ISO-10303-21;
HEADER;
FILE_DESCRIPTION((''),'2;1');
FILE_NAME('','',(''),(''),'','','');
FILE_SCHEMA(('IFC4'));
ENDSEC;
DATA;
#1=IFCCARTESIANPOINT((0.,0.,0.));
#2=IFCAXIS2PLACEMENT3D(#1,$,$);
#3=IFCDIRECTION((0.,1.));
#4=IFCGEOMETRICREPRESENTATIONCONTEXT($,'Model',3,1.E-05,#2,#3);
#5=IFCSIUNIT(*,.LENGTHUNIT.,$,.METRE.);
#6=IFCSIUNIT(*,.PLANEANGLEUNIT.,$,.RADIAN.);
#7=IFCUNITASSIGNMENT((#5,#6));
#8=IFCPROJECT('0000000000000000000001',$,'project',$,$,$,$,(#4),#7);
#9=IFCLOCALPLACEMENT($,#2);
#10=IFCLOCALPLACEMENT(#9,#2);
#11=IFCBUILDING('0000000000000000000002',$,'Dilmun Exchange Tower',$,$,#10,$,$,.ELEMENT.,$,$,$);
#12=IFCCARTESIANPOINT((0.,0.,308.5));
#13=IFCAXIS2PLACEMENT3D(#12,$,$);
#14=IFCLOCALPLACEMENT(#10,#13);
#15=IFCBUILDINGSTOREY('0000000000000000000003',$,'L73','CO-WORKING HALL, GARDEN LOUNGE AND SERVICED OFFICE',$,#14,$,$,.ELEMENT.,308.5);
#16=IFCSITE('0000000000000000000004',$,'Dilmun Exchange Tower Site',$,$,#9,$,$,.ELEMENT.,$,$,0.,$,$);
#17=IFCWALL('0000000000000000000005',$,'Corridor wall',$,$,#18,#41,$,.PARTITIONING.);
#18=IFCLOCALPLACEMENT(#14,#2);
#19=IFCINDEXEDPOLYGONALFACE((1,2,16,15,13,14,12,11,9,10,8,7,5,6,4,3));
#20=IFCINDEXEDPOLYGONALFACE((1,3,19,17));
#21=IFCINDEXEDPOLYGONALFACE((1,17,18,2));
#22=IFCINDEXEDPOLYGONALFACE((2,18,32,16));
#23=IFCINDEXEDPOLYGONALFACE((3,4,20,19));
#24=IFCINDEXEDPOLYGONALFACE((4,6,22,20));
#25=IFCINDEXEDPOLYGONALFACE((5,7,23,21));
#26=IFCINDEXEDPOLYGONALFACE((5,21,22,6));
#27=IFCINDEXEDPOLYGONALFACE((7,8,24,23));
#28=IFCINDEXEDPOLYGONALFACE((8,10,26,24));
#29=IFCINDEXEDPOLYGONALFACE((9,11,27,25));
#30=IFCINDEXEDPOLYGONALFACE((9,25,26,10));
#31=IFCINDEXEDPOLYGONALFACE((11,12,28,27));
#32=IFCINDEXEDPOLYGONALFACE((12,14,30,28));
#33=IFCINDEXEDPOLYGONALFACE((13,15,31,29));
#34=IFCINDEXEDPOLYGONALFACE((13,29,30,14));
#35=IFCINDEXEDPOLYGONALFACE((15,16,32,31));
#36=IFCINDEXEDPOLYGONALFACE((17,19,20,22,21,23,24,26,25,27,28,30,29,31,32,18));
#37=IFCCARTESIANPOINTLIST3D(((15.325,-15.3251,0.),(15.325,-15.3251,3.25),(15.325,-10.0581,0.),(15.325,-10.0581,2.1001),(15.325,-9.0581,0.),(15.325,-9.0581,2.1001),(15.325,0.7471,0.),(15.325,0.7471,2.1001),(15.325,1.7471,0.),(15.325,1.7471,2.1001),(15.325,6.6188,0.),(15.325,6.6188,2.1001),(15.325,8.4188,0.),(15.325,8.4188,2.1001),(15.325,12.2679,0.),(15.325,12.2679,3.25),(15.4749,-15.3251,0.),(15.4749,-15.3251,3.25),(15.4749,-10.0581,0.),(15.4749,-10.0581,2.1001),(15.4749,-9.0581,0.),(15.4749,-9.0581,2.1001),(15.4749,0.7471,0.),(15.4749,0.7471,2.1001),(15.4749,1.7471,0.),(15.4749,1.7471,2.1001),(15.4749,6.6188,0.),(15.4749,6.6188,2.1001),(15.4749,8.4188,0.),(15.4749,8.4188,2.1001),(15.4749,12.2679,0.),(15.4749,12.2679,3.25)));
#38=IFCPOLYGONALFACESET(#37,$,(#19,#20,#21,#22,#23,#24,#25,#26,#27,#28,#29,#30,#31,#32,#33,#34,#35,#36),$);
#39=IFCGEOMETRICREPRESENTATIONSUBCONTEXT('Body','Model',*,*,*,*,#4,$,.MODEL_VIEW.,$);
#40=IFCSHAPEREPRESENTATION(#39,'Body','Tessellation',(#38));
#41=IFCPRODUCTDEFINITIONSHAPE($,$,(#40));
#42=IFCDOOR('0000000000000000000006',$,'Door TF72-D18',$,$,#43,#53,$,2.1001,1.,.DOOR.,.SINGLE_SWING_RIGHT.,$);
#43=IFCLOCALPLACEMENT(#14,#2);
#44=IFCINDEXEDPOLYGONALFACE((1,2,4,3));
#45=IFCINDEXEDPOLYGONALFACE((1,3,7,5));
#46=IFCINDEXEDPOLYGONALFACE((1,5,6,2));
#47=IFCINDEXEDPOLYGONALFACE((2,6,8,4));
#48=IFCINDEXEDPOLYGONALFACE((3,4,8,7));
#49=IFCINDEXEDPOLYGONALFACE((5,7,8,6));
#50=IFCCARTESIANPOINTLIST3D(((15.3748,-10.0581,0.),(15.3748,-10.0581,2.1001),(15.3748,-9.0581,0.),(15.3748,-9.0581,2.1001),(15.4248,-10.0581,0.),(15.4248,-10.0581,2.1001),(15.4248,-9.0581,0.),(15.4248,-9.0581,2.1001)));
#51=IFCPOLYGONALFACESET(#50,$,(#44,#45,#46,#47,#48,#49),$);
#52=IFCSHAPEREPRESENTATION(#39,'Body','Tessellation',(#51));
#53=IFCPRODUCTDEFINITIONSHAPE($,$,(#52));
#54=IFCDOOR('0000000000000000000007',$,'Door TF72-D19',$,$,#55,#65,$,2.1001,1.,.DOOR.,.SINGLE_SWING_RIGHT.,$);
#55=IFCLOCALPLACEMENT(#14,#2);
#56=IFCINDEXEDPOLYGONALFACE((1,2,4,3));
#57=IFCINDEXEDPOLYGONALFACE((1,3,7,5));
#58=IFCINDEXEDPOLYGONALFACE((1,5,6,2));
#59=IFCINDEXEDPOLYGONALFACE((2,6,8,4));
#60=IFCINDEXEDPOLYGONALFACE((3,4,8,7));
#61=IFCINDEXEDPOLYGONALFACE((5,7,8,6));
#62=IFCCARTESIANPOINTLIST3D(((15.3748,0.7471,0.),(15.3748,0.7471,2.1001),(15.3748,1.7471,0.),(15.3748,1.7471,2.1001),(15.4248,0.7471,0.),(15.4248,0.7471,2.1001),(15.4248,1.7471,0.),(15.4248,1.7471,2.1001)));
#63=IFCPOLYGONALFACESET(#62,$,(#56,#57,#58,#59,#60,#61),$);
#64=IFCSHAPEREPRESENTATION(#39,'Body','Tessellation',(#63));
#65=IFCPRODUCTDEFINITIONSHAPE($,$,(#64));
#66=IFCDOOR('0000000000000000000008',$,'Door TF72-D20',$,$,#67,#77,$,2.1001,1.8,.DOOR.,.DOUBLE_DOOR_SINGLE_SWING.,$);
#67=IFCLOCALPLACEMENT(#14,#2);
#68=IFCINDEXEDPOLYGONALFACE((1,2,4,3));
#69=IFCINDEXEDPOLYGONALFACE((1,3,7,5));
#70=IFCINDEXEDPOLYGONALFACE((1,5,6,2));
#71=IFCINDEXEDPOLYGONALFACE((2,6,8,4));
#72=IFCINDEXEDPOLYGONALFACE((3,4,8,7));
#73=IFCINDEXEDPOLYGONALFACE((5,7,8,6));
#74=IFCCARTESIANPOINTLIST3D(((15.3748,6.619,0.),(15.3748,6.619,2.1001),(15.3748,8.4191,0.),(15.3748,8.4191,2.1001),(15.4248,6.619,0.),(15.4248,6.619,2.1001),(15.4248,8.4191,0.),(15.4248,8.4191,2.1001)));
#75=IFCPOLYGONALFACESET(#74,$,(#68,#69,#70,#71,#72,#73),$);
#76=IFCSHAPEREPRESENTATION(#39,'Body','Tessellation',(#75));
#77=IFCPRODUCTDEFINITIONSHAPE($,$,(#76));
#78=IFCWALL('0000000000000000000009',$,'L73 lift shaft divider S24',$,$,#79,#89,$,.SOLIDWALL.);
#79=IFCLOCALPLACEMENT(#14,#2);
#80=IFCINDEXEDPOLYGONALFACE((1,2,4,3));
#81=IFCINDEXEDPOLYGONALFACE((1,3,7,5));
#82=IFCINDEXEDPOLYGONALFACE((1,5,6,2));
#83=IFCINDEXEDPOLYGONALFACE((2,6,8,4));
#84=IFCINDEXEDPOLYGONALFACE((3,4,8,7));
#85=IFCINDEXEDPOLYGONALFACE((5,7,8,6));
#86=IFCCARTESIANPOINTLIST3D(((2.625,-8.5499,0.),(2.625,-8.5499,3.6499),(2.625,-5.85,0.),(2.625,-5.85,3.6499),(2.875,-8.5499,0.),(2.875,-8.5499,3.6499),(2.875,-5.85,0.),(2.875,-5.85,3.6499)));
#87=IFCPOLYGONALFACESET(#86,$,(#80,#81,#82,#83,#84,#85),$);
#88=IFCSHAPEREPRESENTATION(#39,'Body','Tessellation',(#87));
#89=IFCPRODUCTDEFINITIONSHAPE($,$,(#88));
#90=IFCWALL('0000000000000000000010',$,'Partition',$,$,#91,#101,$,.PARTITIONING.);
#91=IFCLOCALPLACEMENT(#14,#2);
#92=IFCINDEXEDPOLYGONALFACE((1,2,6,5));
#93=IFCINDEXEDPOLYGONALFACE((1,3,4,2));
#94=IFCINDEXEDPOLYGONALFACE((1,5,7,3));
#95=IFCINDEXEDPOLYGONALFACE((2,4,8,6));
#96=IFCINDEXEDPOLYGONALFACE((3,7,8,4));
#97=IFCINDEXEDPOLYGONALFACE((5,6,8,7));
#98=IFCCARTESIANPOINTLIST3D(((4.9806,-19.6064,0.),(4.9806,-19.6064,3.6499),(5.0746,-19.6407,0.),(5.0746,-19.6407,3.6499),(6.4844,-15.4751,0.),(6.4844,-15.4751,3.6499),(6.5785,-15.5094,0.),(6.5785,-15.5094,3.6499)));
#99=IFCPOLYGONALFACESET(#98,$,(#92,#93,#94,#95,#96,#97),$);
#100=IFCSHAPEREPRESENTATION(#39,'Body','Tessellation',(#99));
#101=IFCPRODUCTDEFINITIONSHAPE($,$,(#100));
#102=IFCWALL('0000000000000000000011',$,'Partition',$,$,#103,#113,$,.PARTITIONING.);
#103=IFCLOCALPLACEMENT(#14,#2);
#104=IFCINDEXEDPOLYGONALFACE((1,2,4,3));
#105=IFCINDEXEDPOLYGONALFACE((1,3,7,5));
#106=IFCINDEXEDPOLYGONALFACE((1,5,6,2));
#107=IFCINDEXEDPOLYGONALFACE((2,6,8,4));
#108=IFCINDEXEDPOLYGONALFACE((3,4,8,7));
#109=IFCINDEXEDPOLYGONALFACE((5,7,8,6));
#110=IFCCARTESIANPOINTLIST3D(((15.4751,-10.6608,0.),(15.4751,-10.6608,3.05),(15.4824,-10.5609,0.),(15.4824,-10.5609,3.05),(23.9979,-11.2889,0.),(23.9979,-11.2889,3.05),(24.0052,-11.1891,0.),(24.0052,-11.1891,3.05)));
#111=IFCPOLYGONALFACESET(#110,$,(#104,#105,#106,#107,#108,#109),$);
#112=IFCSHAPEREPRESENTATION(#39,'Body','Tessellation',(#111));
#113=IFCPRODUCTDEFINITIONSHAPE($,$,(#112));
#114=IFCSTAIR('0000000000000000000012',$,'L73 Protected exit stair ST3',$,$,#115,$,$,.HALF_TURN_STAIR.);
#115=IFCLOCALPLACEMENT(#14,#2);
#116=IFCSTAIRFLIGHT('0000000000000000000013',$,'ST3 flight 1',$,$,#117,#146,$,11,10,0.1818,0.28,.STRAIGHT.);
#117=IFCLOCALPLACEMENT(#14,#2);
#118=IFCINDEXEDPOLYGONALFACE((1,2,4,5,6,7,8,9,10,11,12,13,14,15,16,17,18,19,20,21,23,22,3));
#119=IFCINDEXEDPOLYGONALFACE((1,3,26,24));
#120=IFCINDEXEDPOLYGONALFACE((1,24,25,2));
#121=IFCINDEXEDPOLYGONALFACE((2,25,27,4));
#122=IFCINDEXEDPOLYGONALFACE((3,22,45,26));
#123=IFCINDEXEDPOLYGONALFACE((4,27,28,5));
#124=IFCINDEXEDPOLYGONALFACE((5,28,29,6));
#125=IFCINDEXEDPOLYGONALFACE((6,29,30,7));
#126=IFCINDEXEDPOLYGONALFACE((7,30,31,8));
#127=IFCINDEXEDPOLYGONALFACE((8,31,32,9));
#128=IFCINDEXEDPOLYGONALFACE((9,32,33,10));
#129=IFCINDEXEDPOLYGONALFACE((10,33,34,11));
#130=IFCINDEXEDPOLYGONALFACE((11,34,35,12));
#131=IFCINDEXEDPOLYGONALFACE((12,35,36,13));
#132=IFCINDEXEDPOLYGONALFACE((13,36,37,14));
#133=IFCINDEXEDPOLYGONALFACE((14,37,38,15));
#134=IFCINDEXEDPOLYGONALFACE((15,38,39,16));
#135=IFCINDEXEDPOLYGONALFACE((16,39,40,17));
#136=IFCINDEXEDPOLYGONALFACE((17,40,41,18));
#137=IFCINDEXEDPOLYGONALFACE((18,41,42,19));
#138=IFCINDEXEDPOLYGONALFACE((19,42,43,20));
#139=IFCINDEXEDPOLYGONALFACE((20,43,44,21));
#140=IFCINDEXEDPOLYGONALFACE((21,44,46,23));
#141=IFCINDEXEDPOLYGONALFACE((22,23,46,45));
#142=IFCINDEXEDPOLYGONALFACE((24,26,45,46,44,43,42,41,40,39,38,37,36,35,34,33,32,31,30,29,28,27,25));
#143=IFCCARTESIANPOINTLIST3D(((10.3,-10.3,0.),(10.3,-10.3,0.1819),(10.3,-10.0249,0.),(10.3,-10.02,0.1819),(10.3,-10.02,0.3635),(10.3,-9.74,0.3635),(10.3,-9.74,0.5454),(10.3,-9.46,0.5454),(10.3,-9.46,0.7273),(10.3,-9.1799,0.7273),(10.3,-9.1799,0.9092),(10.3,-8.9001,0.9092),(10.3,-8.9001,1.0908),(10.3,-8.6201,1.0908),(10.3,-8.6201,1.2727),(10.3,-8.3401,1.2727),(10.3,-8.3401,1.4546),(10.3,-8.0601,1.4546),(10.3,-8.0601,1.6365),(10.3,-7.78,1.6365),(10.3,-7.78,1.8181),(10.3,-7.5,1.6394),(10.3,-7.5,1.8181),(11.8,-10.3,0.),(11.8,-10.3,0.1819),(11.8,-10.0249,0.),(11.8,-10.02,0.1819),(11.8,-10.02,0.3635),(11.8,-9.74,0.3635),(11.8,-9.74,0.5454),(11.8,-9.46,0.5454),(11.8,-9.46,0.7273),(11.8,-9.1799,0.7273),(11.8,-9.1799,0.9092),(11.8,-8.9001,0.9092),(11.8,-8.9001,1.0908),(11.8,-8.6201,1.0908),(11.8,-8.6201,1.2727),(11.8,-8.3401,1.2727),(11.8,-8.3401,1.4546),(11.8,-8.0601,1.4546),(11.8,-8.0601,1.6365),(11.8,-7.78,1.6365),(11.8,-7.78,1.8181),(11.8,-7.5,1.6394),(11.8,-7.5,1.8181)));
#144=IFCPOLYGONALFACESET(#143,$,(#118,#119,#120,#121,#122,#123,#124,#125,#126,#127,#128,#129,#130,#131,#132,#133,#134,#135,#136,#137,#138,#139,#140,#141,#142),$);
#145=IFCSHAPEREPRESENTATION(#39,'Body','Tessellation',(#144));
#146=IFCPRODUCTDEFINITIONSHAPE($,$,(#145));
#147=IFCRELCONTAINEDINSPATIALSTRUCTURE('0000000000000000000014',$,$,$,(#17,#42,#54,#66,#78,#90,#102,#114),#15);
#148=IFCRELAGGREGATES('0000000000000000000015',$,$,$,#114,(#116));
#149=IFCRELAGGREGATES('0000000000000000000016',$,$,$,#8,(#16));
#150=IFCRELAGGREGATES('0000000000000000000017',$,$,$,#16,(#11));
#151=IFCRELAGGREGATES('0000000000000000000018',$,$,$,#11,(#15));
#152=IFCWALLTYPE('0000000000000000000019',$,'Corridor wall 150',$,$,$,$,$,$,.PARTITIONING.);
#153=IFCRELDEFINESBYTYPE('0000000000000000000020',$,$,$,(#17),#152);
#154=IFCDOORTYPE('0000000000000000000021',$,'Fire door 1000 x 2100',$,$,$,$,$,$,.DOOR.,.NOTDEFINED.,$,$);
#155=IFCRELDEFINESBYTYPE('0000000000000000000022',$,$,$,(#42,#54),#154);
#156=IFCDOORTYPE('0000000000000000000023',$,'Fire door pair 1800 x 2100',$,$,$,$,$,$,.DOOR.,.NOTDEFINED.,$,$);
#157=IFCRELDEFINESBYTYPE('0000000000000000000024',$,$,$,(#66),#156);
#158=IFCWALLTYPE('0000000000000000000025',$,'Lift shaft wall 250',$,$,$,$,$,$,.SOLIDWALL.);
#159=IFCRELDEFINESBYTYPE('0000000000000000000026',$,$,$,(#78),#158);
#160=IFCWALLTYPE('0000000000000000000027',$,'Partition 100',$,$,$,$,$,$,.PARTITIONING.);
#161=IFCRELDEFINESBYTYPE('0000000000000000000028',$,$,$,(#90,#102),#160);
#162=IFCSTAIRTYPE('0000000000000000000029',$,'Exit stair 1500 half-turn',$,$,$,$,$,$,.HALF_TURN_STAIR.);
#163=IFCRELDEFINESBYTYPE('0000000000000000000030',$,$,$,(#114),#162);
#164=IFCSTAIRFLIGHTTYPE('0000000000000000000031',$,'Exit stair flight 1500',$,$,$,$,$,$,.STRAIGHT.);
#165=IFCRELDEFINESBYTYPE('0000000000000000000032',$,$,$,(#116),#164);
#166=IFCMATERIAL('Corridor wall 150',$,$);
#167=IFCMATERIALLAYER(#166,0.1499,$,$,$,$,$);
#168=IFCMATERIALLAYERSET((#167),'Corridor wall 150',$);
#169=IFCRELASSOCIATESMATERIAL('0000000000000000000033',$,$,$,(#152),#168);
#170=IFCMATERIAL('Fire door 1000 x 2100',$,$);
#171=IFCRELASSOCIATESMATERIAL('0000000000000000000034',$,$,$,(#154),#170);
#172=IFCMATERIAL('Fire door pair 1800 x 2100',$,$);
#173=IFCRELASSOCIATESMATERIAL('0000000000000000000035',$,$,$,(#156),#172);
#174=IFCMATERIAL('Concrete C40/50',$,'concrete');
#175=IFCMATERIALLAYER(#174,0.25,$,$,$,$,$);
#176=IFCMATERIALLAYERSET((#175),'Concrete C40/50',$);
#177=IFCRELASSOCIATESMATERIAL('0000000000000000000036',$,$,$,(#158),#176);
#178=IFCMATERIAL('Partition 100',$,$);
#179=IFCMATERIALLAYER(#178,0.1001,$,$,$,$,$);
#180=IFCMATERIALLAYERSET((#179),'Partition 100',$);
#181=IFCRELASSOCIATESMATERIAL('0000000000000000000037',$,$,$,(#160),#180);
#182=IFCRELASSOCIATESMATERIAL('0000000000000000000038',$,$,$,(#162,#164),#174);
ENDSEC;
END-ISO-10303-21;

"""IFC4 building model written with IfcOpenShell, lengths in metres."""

from ifc_helpers import new_model, si_unit, direction, frame, frame_2d, origin, place, context, subcontext, project, spatial, polyline, rectangle, outline, extrude, material, layer, layer_set, type_object, element, fill, aggregate, save


model = new_model("IFC4")

# Units and contexts
model_context = context("Model", 3, precision=1e-05, world=origin(), true_north=direction((0.0, 1.0)))
body_context = subcontext(model_context, "Body", "Model", "MODEL_VIEW")
ifc_project = project(units=[si_unit("LENGTHUNIT", "METRE"), si_unit("PLANEANGLEUNIT", "RADIAN")], contexts=[model_context])

# Site, building, storey
site_placement = place(None, origin())
site = spatial("IfcSite", under=ifc_project, at=site_placement, Name="Dilmun Exchange Tower Site", CompositionType="ELEMENT", RefElevation=0.0)
building_placement = place(site_placement, origin())
building = spatial("IfcBuilding", under=site, at=building_placement, Name="Dilmun Exchange Tower", CompositionType="ELEMENT")
storey_placement = place(building_placement, frame((0.0, 0.0, 308.5)))
storey = spatial("IfcBuildingStorey", under=building, at=storey_placement, Name="L73", Description="CO-WORKING HALL, GARDEN LOUNGE AND SERVICED OFFICE", CompositionType="ELEMENT", Elevation=308.5)

# Shared definitions
ifc_material_1 = material(Name="Concrete C40/50", Category="concrete")

# Shared definitions
ifc_material_2 = material(Name="Corridor wall 150")
ifc_layer_1 = layer(ifc_material_2, 0.1499)
ifc_layer_set_1 = layer_set([ifc_layer_1], Name="Corridor wall 150")
wall_type_1 = type_object("IfcWallType", Name="Corridor wall 150", PredefinedType="PARTITIONING", material=ifc_layer_set_1)
ifc_material_3 = material(Name="Fire door 1000 x 2100")
door_type_1 = type_object("IfcDoorType", Name="Fire door 1000 x 2100", OperationType="NOTDEFINED", PredefinedType="DOOR", material=ifc_material_3)

# Shared definitions
ifc_material_4 = material(Name="Fire door pair 1800 x 2100")
door_type_2 = type_object("IfcDoorType", Name="Fire door pair 1800 x 2100", OperationType="NOTDEFINED", PredefinedType="DOOR", material=ifc_material_4)

# Wall, openings, doors
wall_1_placement = place(storey_placement, frame((15.3999, -15.325, 0.0), z_axis=(0.0, 0.0, 1.0), x_axis=(0.0, 1.0, 0.0)))
wall_1 = element("IfcWall", 1, at=wall_1_placement, inside=storey, type_object=wall_type_1, Name="Corridor wall", PredefinedType="PARTITIONING", context=body_context, shape_type="SweptSolid", body=[
    extrude(rectangle(XDim=27.593, YDim=0.1499, at=frame_2d((13.7964, 0.0))), origin(), (0.0, 0.0, 1.0), 3.25),
])
opening_1_placement = place(wall_1_placement, frame((5.2668, 0.0, 0.0)))
opening_1 = element("IfcOpeningElement", 2, at=opening_1_placement, cuts=wall_1, PredefinedType="OPENING", context=body_context, shape_type="SweptSolid", body=[
    extrude(rectangle(XDim=1.0, YDim=2.1001, at=frame_2d((0.5, 1.05))), frame((0.0, 0.085, 0.0), z_axis=(0.0, -1.0, 0.0), x_axis=(1.0, 0.0, 0.0)), (0.0, 0.0, 1.0), 0.1699),
])
opening_2_placement = place(wall_1_placement, frame((16.072, 0.0, 0.0)))
opening_2 = element("IfcOpeningElement", 3, at=opening_2_placement, cuts=wall_1, PredefinedType="OPENING", context=body_context, shape_type="SweptSolid", body=[
    extrude(rectangle(XDim=1.0, YDim=2.1001, at=frame_2d((0.5, 1.05))), frame((0.0, 0.085, 0.0), z_axis=(0.0, -1.0, 0.0), x_axis=(1.0, 0.0, 0.0)), (0.0, 0.0, 1.0), 0.1699),
])
opening_3_placement = place(wall_1_placement, frame((21.9438, 0.0, 0.0)))
opening_3 = element("IfcOpeningElement", 4, at=opening_3_placement, cuts=wall_1, PredefinedType="OPENING", context=body_context, shape_type="SweptSolid", body=[
    extrude(rectangle(XDim=1.8, YDim=2.1001, at=frame_2d((0.8999, 1.05))), frame((0.0, 0.085, 0.0), z_axis=(0.0, -1.0, 0.0), x_axis=(1.0, 0.0, 0.0)), (0.0, 0.0, 1.0), 0.1699),
])
door_1_placement = place(opening_1_placement, frame((1.0, 0.0, 0.0), z_axis=(0.0, 0.0, 1.0), x_axis=(-1.0, 0.0, 0.0)))
door_1 = element("IfcDoor", 5, at=door_1_placement, inside=storey, type_object=door_type_1, Name="Door TF72-D18", OperationType="SINGLE_SWING_RIGHT", OverallHeight=2.1001, OverallWidth=1.0, PredefinedType="DOOR", context=body_context, shape_type="SweptSolid", body=[
    extrude(rectangle(XDim=1.0, YDim=2.1001, at=frame_2d((0.5, 1.05))), frame((0.0, 0.0249, 0.0), z_axis=(0.0, -1.0, 0.0), x_axis=(1.0, 0.0, 0.0)), (0.0, 0.0, 1.0), 0.05),
])
fill(opening_1, door_1)
door_2_placement = place(opening_2_placement, frame((1.0, 0.0, 0.0), z_axis=(0.0, 0.0, 1.0), x_axis=(-1.0, 0.0, 0.0)))
door_2 = element("IfcDoor", 6, at=door_2_placement, inside=storey, type_object=door_type_1, Name="Door TF72-D19", OperationType="SINGLE_SWING_RIGHT", OverallHeight=2.1001, OverallWidth=1.0, PredefinedType="DOOR", context=body_context, shape_type="SweptSolid", body=[
    extrude(rectangle(XDim=1.0, YDim=2.1001, at=frame_2d((0.5, 1.05))), frame((0.0, 0.0249, 0.0), z_axis=(0.0, -1.0, 0.0), x_axis=(1.0, 0.0, 0.0)), (0.0, 0.0, 1.0), 0.05),
])
fill(opening_2, door_2)
door_3_placement = place(opening_3_placement, frame((1.8, 0.0, 0.0), z_axis=(0.0, 0.0, 1.0), x_axis=(-1.0, 0.0, 0.0)))
door_3 = element("IfcDoor", 7, at=door_3_placement, inside=storey, type_object=door_type_2, Name="Door TF72-D20", OperationType="DOUBLE_DOOR_SINGLE_SWING", OverallHeight=2.1001, OverallWidth=1.8, PredefinedType="DOOR", context=body_context, shape_type="SweptSolid", body=[
    extrude(rectangle(XDim=1.8, YDim=2.1001, at=frame_2d((0.8999, 1.05))), frame((0.0, 0.0249, 0.0), z_axis=(0.0, -1.0, 0.0), x_axis=(1.0, 0.0, 0.0)), (0.0, 0.0, 1.0), 0.05),
])
fill(opening_3, door_3)

# Walls
ifc_layer_2 = layer(ifc_material_1, 0.25)
ifc_layer_set_2 = layer_set([ifc_layer_2], Name="Concrete C40/50")
wall_type_2 = type_object("IfcWallType", Name="Lift shaft wall 250", PredefinedType="SOLIDWALL", material=ifc_layer_set_2)
wall_2_placement = place(storey_placement, frame((2.75, -8.55, 0.0), z_axis=(0.0, 0.0, 1.0), x_axis=(0.0, 1.0, 0.0)))
element("IfcWall", 8, at=wall_2_placement, inside=storey, type_object=wall_type_2, Name="L73 lift shaft divider S24", PredefinedType="SOLIDWALL", context=body_context, shape_type="SweptSolid", body=[
    extrude(rectangle(XDim=2.7, YDim=0.25, at=frame_2d((1.3501, 0.0))), origin(), (0.0, 0.0, 1.0), 3.6499),
])
ifc_material_5 = material(Name="Partition 100")
ifc_layer_3 = layer(ifc_material_5, 0.1001)
ifc_layer_set_3 = layer_set([ifc_layer_3], Name="Partition 100")
wall_type_3 = type_object("IfcWallType", Name="Partition 100", PredefinedType="PARTITIONING", material=ifc_layer_set_3)
wall_3_placement = place(storey_placement, frame((5.0276, -19.6235, 0.0), z_axis=(0.0, 0.0, 1.0), x_axis=(0.342064, 0.939677, 0.0)))
element("IfcWall", 9, at=wall_3_placement, inside=storey, type_object=wall_type_3, Name="Partition", PredefinedType="PARTITIONING", context=body_context, shape_type="SweptSolid", body=[
    extrude(rectangle(XDim=4.3965, YDim=0.1001, at=frame_2d((2.1982, 0.0))), origin(), (0.0, 0.0, 1.0), 3.6499),
])
wall_4_placement = place(storey_placement, frame((15.4788, -10.6108, 0.0), z_axis=(0.0, 0.0, 1.0), x_axis=(0.997295, -0.073507, 0.0)))
element("IfcWall", 10, at=wall_4_placement, inside=storey, type_object=wall_type_3, Name="Partition", PredefinedType="PARTITIONING", context=body_context, shape_type="SweptSolid", body=[
    extrude(rectangle(XDim=8.5459, YDim=0.1001, at=frame_2d((4.2729, 0.0))), origin(), (0.0, 0.0, 1.0), 3.05),
])

# Stair, stair flight
stair_type = type_object("IfcStairType", Name="Exit stair 1500 half-turn", PredefinedType="HALF_TURN_STAIR", material=ifc_material_1)
stair_placement = place(storey_placement, origin())
stair = element("IfcStair", 11, at=stair_placement, inside=storey, type_object=stair_type, Name="L73 Protected exit stair ST3", PredefinedType="HALF_TURN_STAIR")
stair_flight_type = type_object("IfcStairFlightType", Name="Exit stair flight 1500", PredefinedType="STRAIGHT", material=ifc_material_1)
stair_flight_placement = place(storey_placement, frame((11.05, -10.3, 0.0), z_axis=(0.0, 0.0, 1.0), x_axis=(0.0, 1.0, 0.0)))
stair_flight = element("IfcStairFlight", 12, at=stair_flight_placement, type_object=stair_flight_type, Name="ST3 flight 1", NumberOfRisers=11, NumberOfTreads=10, PredefinedType="STRAIGHT", RiserHeight=0.1818, TreadLength=0.28, context=body_context, shape_type="SweptSolid", body=[
    extrude(outline(polyline([(0.0, 0.0), (0.0, 0.1819), (0.28, 0.1819), (0.28, 0.3635), (0.5601, 0.3635), (0.5601, 0.5454), (0.8401, 0.5454), (0.8401, 0.7273), (1.1201, 0.7273), (1.1201, 0.9092), (1.3999, 0.9092), (1.3999, 1.0908), (1.6799, 1.0908), (1.6799, 1.2727), (1.96, 1.2727), (1.96, 1.4546), (2.24, 1.4546), (2.24, 1.6365), (2.52, 1.6365), (2.52, 1.8181), (2.8, 1.8181), (2.8, 2.0), (2.8, 1.6394), (0.2751, 0.0), (0.0, 0.0)])), frame((0.0, 0.75, 0.0), z_axis=(0.0, -1.0, 0.0), x_axis=(1.0, 0.0, 0.0)), (0.0, 0.0, 1.0), 1.5),
])
aggregate(stair, [stair_flight])

save(model, "model.ifc")
